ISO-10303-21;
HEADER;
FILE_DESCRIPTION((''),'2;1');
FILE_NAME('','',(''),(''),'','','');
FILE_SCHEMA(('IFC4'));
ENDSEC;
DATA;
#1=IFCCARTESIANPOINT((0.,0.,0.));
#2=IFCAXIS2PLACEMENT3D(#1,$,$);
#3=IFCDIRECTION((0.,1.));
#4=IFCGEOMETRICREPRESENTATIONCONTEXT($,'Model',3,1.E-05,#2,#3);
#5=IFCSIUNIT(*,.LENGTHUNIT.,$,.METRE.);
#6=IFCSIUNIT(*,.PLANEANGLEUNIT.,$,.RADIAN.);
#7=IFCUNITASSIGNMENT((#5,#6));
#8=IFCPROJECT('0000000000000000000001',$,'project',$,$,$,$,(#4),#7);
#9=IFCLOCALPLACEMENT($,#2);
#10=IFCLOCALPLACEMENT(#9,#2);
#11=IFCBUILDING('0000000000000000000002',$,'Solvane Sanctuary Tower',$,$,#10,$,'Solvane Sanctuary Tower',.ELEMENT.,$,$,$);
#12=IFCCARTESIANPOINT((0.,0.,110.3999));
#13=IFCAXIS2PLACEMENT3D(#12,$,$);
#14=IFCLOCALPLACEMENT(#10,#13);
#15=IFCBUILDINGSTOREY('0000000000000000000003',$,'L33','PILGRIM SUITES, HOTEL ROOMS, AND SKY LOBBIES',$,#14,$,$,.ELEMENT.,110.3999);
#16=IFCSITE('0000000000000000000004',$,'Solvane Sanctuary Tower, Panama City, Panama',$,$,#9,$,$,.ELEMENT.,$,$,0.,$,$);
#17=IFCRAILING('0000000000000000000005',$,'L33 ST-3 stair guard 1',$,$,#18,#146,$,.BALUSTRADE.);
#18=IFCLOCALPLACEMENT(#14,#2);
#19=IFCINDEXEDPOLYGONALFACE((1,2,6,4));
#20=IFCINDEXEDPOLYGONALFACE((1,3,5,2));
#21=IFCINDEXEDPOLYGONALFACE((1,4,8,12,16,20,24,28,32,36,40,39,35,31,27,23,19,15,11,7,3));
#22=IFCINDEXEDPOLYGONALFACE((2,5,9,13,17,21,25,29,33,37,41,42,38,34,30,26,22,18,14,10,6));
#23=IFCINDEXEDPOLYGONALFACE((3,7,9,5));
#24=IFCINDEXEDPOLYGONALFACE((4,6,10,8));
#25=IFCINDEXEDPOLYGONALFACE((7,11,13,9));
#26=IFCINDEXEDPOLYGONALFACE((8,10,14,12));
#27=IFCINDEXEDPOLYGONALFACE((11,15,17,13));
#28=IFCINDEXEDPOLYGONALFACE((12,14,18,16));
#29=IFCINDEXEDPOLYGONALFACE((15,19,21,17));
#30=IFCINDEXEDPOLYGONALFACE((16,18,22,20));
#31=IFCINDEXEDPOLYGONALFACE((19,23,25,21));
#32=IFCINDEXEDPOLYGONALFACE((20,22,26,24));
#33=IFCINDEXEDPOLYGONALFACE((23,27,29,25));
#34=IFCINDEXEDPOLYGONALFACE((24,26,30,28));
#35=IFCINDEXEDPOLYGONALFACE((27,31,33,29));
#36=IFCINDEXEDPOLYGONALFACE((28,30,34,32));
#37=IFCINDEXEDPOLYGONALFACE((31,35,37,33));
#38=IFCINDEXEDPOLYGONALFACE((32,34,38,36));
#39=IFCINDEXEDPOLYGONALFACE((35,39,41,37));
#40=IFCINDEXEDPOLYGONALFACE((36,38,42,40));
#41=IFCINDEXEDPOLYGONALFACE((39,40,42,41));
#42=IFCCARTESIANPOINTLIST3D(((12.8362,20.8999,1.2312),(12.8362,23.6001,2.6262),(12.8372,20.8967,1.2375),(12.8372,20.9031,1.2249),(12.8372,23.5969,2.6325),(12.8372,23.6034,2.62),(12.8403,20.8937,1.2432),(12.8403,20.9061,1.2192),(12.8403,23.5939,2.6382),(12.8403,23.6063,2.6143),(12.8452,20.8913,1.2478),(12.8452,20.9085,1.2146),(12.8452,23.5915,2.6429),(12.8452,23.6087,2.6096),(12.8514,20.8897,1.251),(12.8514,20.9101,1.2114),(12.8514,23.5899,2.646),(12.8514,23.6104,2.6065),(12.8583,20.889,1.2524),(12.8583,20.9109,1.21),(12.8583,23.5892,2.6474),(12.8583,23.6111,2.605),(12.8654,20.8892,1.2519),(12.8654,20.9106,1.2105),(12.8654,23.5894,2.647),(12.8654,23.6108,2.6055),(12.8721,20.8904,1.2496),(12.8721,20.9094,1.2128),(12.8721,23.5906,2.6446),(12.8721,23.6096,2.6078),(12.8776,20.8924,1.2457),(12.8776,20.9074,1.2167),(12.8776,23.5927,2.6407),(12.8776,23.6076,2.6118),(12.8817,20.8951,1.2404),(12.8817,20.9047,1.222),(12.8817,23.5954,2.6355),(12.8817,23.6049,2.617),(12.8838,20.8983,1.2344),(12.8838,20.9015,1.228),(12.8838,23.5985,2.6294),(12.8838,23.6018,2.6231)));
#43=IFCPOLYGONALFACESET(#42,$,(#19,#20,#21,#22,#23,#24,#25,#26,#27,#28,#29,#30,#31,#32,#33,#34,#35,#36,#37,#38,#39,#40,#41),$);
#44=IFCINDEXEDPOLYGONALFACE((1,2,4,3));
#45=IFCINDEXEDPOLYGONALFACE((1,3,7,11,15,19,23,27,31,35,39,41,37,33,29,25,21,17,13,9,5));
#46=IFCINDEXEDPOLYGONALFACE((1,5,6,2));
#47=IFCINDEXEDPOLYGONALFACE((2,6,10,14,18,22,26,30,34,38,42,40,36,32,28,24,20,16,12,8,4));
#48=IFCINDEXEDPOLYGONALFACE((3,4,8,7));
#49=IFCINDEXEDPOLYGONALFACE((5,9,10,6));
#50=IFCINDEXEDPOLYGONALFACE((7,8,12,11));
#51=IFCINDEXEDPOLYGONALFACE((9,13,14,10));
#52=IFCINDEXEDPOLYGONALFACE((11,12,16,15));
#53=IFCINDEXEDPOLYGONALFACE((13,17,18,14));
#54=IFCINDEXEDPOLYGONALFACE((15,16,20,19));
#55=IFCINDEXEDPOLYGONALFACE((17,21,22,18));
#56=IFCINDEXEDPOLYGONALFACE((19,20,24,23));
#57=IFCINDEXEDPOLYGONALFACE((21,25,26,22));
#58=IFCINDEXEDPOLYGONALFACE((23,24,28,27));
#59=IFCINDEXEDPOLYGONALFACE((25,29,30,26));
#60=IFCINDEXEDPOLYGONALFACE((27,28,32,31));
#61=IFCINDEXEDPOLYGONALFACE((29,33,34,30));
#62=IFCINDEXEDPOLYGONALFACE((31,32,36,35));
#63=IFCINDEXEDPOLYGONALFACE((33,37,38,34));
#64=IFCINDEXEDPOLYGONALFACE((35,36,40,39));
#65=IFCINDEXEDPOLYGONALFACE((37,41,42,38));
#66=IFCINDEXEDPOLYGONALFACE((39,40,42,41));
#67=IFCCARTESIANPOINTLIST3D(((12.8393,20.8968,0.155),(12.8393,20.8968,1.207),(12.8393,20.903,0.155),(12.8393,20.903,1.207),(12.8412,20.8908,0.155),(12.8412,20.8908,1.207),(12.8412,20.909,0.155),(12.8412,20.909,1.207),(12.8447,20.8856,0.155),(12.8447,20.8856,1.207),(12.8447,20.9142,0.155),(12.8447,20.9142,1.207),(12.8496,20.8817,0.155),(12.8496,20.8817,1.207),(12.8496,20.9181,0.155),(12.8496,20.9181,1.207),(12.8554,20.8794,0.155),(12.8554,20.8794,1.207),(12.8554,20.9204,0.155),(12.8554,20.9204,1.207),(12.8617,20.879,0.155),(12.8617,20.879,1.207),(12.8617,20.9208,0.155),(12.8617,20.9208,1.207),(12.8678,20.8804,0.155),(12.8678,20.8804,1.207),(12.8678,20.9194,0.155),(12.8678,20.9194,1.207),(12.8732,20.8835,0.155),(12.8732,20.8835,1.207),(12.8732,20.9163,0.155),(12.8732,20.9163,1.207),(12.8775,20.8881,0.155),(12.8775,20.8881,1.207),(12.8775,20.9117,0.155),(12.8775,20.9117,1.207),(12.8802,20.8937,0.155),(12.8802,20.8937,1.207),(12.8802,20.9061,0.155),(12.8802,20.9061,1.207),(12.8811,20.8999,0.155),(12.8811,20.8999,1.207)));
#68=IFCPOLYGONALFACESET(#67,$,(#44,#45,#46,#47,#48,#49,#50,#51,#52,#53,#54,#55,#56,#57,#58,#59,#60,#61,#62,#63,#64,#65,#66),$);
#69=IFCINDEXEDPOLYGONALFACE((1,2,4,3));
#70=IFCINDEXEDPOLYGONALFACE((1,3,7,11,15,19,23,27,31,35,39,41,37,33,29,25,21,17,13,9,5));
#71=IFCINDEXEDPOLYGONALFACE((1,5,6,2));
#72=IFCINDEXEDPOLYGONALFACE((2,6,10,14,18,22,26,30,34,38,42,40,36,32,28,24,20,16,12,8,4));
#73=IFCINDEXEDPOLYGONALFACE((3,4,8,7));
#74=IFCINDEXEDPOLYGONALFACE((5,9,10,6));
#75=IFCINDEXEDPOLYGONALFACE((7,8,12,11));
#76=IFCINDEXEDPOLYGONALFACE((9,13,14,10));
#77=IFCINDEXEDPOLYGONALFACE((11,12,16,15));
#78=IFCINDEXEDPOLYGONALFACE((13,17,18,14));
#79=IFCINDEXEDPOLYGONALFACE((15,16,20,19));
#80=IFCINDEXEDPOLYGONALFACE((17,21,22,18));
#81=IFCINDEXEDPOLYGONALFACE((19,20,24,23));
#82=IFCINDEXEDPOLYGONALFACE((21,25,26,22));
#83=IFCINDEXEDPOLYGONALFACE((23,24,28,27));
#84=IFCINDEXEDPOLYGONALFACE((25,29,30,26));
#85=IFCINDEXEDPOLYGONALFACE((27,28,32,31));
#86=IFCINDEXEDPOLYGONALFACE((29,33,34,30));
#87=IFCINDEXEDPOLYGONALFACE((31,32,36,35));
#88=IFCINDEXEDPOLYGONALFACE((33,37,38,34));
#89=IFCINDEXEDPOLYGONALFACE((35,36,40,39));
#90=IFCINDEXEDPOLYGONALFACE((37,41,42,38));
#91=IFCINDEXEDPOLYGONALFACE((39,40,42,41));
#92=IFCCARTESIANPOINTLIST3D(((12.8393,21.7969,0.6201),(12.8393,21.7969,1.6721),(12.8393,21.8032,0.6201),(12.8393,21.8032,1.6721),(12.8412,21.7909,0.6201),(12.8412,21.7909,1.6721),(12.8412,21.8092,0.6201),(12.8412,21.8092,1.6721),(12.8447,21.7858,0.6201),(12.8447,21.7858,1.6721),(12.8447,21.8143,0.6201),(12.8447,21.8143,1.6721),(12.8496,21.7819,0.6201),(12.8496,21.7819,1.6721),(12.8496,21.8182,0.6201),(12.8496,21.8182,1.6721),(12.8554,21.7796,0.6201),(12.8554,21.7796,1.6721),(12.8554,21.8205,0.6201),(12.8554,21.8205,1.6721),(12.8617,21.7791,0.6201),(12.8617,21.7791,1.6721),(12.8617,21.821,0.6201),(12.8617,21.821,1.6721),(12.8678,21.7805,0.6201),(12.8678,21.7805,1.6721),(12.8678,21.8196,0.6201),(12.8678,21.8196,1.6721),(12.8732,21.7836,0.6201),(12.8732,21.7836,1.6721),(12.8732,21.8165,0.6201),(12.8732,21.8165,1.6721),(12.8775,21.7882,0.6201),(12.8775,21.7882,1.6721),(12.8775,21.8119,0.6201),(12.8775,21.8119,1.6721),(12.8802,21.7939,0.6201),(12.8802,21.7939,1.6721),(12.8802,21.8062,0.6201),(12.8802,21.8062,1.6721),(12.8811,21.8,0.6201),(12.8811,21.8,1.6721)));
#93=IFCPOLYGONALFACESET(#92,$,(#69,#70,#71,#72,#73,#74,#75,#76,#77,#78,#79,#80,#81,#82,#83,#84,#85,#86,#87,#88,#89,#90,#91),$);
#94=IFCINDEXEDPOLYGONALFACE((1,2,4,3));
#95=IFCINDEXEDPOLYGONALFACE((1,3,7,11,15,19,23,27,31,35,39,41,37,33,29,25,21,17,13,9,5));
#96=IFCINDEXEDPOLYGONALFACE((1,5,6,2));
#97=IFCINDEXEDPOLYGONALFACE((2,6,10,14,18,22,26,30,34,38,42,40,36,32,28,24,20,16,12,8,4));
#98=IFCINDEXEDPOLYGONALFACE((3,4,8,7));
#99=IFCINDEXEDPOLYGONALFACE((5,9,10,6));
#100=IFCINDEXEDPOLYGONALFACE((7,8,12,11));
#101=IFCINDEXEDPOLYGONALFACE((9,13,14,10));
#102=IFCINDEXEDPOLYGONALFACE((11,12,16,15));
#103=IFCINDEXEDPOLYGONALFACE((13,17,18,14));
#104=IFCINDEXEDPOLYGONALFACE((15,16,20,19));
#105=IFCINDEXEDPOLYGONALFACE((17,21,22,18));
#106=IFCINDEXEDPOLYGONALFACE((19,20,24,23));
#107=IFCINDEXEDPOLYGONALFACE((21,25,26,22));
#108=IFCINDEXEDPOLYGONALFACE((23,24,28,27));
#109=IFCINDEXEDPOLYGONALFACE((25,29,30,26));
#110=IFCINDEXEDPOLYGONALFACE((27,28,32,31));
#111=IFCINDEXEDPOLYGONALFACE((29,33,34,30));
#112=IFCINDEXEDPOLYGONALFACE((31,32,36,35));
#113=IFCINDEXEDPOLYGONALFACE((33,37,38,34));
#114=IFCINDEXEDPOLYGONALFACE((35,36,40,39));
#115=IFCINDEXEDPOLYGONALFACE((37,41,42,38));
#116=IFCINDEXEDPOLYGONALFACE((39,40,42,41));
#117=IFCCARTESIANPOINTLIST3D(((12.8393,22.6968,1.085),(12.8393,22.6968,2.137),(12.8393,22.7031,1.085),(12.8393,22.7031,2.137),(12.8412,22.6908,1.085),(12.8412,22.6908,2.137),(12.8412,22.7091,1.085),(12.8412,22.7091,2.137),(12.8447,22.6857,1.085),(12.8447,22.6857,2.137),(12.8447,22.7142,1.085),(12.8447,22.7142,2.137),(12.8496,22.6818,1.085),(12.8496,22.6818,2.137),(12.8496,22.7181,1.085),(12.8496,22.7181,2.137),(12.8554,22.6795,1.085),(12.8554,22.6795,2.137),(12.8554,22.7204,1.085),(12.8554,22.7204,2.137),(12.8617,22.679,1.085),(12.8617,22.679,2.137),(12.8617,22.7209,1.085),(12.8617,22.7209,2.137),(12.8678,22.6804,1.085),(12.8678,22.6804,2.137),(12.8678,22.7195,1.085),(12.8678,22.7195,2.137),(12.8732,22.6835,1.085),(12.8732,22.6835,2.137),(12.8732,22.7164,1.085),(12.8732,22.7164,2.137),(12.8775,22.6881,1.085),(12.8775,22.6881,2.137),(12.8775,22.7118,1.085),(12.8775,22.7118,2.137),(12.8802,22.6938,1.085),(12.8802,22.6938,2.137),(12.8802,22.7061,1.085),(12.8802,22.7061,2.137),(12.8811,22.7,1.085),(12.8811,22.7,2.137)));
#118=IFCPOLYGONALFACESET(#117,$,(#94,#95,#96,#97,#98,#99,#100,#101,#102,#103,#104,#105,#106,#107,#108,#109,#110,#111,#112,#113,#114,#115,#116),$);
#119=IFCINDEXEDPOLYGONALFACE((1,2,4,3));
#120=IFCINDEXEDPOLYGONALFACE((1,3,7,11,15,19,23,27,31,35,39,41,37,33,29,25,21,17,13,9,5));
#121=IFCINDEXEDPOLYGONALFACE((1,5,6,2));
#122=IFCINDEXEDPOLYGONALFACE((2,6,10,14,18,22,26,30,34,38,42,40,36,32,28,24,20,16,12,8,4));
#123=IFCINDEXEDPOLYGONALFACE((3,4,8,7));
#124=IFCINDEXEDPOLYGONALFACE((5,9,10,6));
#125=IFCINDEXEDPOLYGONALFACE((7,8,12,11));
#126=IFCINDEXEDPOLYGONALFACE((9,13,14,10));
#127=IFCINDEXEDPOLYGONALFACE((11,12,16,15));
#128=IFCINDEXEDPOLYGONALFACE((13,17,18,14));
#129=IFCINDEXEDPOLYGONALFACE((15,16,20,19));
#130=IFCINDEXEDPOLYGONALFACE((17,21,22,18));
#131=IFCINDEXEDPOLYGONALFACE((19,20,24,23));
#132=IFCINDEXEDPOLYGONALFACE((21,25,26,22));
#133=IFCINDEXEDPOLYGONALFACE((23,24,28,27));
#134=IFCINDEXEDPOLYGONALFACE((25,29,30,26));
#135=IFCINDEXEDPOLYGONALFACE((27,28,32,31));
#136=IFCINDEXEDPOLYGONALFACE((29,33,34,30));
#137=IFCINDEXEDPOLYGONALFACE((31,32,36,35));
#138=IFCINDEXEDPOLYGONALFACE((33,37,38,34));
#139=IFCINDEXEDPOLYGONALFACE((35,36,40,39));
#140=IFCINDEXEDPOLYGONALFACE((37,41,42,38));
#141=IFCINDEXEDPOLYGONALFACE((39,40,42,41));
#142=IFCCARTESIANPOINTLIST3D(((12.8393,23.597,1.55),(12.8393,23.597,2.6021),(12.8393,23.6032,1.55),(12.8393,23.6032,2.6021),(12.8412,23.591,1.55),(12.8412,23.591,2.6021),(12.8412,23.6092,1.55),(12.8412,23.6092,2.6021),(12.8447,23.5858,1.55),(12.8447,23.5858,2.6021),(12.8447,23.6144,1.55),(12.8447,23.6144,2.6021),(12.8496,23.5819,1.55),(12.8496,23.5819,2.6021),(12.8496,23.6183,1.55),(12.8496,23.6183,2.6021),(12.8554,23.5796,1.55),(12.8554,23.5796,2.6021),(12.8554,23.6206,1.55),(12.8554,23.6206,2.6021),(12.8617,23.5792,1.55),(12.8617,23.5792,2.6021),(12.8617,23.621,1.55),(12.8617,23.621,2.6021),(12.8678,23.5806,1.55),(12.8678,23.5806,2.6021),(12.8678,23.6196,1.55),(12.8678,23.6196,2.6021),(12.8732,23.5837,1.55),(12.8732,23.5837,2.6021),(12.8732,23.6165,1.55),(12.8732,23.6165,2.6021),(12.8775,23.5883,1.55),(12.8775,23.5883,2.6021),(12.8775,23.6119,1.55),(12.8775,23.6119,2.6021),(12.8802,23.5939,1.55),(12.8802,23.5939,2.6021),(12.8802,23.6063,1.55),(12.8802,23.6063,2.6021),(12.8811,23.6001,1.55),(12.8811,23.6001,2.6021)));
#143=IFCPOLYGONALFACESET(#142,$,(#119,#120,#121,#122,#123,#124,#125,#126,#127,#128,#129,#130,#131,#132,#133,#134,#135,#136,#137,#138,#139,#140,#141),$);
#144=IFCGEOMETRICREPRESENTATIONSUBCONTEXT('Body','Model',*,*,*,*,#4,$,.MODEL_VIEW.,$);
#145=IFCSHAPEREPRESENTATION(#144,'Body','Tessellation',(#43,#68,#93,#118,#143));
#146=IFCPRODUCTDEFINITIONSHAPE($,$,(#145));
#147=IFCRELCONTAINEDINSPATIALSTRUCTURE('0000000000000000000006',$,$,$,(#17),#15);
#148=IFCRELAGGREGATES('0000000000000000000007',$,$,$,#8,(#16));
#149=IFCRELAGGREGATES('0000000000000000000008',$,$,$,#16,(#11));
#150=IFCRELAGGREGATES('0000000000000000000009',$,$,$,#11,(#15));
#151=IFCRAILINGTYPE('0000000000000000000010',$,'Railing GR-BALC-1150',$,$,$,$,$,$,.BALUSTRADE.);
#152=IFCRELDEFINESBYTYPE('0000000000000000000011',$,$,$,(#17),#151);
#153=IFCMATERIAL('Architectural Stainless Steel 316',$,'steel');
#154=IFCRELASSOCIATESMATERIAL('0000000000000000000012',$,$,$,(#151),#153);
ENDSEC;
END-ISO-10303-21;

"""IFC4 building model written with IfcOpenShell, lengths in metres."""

from ifc_helpers import new_model, si_unit, direction, frame, origin, origin_2d, place, context, subcontext, project, spatial, circle, extrude, material, type_object, element, save


model = new_model("IFC4")

# Units and contexts
model_context = context("Model", 3, precision=1e-05, world=origin(), true_north=direction((0.0, 1.0)))
body_context = subcontext(model_context, "Body", "Model", "MODEL_VIEW")
ifc_project = project(units=[si_unit("LENGTHUNIT", "METRE"), si_unit("PLANEANGLEUNIT", "RADIAN")], contexts=[model_context])

# Site, building, storey
site_placement = place(None, origin())
site = spatial("IfcSite", under=ifc_project, at=site_placement, Name="Solvane Sanctuary Tower, Panama City, Panama", CompositionType="ELEMENT", RefElevation=0.0)
building_placement = place(site_placement, origin())
building = spatial("IfcBuilding", under=site, at=building_placement, Name="Solvane Sanctuary Tower", LongName="Solvane Sanctuary Tower", CompositionType="ELEMENT")
storey_placement = place(building_placement, frame((0.0, 0.0, 110.3999)))
storey = spatial("IfcBuildingStorey", under=building, at=storey_placement, Name="L33", Description="PILGRIM SUITES, HOTEL ROOMS, AND SKY LOBBIES", CompositionType="ELEMENT", Elevation=110.3999)

# Shared definitions
ifc_material_1 = material(Name="Architectural Stainless Steel 316", Category="steel")

# Railing
railing_type_1 = type_object("IfcRailingType", Name="Railing GR-BALC-1150", PredefinedType="BALUSTRADE", material=ifc_material_1)
railing_1_placement = place(storey_placement, frame((12.8601, 20.8999, 0.155)))
element("IfcRailing", 1, at=railing_1_placement, inside=storey, type_object=railing_type_1, Name="L33 ST-3 stair guard 1", PredefinedType="BALUSTRADE", context=body_context, shape_type="SweptSolid", body=[
    extrude(circle(Radius=0.0239, at=origin_2d()), frame((0.0, 0.0, 1.0762), z_axis=(0.0, 0.888437, 0.458999), x_axis=(-1.0, 0.0, 0.0)), (0.0, 0.0, 1.0), 3.0393),
    extrude(circle(Radius=0.021, at=origin_2d()), origin(), (0.0, 0.0, 1.0), 1.052),
    extrude(circle(Radius=0.021, at=origin_2d()), frame((0.0, 0.9001, 0.4651)), (0.0, 0.0, 1.0), 1.052),
    extrude(circle(Radius=0.021, at=origin_2d()), frame((0.0, 1.8, 0.9299)), (0.0, 0.0, 1.0), 1.052),
    extrude(circle(Radius=0.021, at=origin_2d()), frame((0.0, 2.7002, 1.395)), (0.0, 0.0, 1.0), 1.052),
])

save(model, "model.ifc")
